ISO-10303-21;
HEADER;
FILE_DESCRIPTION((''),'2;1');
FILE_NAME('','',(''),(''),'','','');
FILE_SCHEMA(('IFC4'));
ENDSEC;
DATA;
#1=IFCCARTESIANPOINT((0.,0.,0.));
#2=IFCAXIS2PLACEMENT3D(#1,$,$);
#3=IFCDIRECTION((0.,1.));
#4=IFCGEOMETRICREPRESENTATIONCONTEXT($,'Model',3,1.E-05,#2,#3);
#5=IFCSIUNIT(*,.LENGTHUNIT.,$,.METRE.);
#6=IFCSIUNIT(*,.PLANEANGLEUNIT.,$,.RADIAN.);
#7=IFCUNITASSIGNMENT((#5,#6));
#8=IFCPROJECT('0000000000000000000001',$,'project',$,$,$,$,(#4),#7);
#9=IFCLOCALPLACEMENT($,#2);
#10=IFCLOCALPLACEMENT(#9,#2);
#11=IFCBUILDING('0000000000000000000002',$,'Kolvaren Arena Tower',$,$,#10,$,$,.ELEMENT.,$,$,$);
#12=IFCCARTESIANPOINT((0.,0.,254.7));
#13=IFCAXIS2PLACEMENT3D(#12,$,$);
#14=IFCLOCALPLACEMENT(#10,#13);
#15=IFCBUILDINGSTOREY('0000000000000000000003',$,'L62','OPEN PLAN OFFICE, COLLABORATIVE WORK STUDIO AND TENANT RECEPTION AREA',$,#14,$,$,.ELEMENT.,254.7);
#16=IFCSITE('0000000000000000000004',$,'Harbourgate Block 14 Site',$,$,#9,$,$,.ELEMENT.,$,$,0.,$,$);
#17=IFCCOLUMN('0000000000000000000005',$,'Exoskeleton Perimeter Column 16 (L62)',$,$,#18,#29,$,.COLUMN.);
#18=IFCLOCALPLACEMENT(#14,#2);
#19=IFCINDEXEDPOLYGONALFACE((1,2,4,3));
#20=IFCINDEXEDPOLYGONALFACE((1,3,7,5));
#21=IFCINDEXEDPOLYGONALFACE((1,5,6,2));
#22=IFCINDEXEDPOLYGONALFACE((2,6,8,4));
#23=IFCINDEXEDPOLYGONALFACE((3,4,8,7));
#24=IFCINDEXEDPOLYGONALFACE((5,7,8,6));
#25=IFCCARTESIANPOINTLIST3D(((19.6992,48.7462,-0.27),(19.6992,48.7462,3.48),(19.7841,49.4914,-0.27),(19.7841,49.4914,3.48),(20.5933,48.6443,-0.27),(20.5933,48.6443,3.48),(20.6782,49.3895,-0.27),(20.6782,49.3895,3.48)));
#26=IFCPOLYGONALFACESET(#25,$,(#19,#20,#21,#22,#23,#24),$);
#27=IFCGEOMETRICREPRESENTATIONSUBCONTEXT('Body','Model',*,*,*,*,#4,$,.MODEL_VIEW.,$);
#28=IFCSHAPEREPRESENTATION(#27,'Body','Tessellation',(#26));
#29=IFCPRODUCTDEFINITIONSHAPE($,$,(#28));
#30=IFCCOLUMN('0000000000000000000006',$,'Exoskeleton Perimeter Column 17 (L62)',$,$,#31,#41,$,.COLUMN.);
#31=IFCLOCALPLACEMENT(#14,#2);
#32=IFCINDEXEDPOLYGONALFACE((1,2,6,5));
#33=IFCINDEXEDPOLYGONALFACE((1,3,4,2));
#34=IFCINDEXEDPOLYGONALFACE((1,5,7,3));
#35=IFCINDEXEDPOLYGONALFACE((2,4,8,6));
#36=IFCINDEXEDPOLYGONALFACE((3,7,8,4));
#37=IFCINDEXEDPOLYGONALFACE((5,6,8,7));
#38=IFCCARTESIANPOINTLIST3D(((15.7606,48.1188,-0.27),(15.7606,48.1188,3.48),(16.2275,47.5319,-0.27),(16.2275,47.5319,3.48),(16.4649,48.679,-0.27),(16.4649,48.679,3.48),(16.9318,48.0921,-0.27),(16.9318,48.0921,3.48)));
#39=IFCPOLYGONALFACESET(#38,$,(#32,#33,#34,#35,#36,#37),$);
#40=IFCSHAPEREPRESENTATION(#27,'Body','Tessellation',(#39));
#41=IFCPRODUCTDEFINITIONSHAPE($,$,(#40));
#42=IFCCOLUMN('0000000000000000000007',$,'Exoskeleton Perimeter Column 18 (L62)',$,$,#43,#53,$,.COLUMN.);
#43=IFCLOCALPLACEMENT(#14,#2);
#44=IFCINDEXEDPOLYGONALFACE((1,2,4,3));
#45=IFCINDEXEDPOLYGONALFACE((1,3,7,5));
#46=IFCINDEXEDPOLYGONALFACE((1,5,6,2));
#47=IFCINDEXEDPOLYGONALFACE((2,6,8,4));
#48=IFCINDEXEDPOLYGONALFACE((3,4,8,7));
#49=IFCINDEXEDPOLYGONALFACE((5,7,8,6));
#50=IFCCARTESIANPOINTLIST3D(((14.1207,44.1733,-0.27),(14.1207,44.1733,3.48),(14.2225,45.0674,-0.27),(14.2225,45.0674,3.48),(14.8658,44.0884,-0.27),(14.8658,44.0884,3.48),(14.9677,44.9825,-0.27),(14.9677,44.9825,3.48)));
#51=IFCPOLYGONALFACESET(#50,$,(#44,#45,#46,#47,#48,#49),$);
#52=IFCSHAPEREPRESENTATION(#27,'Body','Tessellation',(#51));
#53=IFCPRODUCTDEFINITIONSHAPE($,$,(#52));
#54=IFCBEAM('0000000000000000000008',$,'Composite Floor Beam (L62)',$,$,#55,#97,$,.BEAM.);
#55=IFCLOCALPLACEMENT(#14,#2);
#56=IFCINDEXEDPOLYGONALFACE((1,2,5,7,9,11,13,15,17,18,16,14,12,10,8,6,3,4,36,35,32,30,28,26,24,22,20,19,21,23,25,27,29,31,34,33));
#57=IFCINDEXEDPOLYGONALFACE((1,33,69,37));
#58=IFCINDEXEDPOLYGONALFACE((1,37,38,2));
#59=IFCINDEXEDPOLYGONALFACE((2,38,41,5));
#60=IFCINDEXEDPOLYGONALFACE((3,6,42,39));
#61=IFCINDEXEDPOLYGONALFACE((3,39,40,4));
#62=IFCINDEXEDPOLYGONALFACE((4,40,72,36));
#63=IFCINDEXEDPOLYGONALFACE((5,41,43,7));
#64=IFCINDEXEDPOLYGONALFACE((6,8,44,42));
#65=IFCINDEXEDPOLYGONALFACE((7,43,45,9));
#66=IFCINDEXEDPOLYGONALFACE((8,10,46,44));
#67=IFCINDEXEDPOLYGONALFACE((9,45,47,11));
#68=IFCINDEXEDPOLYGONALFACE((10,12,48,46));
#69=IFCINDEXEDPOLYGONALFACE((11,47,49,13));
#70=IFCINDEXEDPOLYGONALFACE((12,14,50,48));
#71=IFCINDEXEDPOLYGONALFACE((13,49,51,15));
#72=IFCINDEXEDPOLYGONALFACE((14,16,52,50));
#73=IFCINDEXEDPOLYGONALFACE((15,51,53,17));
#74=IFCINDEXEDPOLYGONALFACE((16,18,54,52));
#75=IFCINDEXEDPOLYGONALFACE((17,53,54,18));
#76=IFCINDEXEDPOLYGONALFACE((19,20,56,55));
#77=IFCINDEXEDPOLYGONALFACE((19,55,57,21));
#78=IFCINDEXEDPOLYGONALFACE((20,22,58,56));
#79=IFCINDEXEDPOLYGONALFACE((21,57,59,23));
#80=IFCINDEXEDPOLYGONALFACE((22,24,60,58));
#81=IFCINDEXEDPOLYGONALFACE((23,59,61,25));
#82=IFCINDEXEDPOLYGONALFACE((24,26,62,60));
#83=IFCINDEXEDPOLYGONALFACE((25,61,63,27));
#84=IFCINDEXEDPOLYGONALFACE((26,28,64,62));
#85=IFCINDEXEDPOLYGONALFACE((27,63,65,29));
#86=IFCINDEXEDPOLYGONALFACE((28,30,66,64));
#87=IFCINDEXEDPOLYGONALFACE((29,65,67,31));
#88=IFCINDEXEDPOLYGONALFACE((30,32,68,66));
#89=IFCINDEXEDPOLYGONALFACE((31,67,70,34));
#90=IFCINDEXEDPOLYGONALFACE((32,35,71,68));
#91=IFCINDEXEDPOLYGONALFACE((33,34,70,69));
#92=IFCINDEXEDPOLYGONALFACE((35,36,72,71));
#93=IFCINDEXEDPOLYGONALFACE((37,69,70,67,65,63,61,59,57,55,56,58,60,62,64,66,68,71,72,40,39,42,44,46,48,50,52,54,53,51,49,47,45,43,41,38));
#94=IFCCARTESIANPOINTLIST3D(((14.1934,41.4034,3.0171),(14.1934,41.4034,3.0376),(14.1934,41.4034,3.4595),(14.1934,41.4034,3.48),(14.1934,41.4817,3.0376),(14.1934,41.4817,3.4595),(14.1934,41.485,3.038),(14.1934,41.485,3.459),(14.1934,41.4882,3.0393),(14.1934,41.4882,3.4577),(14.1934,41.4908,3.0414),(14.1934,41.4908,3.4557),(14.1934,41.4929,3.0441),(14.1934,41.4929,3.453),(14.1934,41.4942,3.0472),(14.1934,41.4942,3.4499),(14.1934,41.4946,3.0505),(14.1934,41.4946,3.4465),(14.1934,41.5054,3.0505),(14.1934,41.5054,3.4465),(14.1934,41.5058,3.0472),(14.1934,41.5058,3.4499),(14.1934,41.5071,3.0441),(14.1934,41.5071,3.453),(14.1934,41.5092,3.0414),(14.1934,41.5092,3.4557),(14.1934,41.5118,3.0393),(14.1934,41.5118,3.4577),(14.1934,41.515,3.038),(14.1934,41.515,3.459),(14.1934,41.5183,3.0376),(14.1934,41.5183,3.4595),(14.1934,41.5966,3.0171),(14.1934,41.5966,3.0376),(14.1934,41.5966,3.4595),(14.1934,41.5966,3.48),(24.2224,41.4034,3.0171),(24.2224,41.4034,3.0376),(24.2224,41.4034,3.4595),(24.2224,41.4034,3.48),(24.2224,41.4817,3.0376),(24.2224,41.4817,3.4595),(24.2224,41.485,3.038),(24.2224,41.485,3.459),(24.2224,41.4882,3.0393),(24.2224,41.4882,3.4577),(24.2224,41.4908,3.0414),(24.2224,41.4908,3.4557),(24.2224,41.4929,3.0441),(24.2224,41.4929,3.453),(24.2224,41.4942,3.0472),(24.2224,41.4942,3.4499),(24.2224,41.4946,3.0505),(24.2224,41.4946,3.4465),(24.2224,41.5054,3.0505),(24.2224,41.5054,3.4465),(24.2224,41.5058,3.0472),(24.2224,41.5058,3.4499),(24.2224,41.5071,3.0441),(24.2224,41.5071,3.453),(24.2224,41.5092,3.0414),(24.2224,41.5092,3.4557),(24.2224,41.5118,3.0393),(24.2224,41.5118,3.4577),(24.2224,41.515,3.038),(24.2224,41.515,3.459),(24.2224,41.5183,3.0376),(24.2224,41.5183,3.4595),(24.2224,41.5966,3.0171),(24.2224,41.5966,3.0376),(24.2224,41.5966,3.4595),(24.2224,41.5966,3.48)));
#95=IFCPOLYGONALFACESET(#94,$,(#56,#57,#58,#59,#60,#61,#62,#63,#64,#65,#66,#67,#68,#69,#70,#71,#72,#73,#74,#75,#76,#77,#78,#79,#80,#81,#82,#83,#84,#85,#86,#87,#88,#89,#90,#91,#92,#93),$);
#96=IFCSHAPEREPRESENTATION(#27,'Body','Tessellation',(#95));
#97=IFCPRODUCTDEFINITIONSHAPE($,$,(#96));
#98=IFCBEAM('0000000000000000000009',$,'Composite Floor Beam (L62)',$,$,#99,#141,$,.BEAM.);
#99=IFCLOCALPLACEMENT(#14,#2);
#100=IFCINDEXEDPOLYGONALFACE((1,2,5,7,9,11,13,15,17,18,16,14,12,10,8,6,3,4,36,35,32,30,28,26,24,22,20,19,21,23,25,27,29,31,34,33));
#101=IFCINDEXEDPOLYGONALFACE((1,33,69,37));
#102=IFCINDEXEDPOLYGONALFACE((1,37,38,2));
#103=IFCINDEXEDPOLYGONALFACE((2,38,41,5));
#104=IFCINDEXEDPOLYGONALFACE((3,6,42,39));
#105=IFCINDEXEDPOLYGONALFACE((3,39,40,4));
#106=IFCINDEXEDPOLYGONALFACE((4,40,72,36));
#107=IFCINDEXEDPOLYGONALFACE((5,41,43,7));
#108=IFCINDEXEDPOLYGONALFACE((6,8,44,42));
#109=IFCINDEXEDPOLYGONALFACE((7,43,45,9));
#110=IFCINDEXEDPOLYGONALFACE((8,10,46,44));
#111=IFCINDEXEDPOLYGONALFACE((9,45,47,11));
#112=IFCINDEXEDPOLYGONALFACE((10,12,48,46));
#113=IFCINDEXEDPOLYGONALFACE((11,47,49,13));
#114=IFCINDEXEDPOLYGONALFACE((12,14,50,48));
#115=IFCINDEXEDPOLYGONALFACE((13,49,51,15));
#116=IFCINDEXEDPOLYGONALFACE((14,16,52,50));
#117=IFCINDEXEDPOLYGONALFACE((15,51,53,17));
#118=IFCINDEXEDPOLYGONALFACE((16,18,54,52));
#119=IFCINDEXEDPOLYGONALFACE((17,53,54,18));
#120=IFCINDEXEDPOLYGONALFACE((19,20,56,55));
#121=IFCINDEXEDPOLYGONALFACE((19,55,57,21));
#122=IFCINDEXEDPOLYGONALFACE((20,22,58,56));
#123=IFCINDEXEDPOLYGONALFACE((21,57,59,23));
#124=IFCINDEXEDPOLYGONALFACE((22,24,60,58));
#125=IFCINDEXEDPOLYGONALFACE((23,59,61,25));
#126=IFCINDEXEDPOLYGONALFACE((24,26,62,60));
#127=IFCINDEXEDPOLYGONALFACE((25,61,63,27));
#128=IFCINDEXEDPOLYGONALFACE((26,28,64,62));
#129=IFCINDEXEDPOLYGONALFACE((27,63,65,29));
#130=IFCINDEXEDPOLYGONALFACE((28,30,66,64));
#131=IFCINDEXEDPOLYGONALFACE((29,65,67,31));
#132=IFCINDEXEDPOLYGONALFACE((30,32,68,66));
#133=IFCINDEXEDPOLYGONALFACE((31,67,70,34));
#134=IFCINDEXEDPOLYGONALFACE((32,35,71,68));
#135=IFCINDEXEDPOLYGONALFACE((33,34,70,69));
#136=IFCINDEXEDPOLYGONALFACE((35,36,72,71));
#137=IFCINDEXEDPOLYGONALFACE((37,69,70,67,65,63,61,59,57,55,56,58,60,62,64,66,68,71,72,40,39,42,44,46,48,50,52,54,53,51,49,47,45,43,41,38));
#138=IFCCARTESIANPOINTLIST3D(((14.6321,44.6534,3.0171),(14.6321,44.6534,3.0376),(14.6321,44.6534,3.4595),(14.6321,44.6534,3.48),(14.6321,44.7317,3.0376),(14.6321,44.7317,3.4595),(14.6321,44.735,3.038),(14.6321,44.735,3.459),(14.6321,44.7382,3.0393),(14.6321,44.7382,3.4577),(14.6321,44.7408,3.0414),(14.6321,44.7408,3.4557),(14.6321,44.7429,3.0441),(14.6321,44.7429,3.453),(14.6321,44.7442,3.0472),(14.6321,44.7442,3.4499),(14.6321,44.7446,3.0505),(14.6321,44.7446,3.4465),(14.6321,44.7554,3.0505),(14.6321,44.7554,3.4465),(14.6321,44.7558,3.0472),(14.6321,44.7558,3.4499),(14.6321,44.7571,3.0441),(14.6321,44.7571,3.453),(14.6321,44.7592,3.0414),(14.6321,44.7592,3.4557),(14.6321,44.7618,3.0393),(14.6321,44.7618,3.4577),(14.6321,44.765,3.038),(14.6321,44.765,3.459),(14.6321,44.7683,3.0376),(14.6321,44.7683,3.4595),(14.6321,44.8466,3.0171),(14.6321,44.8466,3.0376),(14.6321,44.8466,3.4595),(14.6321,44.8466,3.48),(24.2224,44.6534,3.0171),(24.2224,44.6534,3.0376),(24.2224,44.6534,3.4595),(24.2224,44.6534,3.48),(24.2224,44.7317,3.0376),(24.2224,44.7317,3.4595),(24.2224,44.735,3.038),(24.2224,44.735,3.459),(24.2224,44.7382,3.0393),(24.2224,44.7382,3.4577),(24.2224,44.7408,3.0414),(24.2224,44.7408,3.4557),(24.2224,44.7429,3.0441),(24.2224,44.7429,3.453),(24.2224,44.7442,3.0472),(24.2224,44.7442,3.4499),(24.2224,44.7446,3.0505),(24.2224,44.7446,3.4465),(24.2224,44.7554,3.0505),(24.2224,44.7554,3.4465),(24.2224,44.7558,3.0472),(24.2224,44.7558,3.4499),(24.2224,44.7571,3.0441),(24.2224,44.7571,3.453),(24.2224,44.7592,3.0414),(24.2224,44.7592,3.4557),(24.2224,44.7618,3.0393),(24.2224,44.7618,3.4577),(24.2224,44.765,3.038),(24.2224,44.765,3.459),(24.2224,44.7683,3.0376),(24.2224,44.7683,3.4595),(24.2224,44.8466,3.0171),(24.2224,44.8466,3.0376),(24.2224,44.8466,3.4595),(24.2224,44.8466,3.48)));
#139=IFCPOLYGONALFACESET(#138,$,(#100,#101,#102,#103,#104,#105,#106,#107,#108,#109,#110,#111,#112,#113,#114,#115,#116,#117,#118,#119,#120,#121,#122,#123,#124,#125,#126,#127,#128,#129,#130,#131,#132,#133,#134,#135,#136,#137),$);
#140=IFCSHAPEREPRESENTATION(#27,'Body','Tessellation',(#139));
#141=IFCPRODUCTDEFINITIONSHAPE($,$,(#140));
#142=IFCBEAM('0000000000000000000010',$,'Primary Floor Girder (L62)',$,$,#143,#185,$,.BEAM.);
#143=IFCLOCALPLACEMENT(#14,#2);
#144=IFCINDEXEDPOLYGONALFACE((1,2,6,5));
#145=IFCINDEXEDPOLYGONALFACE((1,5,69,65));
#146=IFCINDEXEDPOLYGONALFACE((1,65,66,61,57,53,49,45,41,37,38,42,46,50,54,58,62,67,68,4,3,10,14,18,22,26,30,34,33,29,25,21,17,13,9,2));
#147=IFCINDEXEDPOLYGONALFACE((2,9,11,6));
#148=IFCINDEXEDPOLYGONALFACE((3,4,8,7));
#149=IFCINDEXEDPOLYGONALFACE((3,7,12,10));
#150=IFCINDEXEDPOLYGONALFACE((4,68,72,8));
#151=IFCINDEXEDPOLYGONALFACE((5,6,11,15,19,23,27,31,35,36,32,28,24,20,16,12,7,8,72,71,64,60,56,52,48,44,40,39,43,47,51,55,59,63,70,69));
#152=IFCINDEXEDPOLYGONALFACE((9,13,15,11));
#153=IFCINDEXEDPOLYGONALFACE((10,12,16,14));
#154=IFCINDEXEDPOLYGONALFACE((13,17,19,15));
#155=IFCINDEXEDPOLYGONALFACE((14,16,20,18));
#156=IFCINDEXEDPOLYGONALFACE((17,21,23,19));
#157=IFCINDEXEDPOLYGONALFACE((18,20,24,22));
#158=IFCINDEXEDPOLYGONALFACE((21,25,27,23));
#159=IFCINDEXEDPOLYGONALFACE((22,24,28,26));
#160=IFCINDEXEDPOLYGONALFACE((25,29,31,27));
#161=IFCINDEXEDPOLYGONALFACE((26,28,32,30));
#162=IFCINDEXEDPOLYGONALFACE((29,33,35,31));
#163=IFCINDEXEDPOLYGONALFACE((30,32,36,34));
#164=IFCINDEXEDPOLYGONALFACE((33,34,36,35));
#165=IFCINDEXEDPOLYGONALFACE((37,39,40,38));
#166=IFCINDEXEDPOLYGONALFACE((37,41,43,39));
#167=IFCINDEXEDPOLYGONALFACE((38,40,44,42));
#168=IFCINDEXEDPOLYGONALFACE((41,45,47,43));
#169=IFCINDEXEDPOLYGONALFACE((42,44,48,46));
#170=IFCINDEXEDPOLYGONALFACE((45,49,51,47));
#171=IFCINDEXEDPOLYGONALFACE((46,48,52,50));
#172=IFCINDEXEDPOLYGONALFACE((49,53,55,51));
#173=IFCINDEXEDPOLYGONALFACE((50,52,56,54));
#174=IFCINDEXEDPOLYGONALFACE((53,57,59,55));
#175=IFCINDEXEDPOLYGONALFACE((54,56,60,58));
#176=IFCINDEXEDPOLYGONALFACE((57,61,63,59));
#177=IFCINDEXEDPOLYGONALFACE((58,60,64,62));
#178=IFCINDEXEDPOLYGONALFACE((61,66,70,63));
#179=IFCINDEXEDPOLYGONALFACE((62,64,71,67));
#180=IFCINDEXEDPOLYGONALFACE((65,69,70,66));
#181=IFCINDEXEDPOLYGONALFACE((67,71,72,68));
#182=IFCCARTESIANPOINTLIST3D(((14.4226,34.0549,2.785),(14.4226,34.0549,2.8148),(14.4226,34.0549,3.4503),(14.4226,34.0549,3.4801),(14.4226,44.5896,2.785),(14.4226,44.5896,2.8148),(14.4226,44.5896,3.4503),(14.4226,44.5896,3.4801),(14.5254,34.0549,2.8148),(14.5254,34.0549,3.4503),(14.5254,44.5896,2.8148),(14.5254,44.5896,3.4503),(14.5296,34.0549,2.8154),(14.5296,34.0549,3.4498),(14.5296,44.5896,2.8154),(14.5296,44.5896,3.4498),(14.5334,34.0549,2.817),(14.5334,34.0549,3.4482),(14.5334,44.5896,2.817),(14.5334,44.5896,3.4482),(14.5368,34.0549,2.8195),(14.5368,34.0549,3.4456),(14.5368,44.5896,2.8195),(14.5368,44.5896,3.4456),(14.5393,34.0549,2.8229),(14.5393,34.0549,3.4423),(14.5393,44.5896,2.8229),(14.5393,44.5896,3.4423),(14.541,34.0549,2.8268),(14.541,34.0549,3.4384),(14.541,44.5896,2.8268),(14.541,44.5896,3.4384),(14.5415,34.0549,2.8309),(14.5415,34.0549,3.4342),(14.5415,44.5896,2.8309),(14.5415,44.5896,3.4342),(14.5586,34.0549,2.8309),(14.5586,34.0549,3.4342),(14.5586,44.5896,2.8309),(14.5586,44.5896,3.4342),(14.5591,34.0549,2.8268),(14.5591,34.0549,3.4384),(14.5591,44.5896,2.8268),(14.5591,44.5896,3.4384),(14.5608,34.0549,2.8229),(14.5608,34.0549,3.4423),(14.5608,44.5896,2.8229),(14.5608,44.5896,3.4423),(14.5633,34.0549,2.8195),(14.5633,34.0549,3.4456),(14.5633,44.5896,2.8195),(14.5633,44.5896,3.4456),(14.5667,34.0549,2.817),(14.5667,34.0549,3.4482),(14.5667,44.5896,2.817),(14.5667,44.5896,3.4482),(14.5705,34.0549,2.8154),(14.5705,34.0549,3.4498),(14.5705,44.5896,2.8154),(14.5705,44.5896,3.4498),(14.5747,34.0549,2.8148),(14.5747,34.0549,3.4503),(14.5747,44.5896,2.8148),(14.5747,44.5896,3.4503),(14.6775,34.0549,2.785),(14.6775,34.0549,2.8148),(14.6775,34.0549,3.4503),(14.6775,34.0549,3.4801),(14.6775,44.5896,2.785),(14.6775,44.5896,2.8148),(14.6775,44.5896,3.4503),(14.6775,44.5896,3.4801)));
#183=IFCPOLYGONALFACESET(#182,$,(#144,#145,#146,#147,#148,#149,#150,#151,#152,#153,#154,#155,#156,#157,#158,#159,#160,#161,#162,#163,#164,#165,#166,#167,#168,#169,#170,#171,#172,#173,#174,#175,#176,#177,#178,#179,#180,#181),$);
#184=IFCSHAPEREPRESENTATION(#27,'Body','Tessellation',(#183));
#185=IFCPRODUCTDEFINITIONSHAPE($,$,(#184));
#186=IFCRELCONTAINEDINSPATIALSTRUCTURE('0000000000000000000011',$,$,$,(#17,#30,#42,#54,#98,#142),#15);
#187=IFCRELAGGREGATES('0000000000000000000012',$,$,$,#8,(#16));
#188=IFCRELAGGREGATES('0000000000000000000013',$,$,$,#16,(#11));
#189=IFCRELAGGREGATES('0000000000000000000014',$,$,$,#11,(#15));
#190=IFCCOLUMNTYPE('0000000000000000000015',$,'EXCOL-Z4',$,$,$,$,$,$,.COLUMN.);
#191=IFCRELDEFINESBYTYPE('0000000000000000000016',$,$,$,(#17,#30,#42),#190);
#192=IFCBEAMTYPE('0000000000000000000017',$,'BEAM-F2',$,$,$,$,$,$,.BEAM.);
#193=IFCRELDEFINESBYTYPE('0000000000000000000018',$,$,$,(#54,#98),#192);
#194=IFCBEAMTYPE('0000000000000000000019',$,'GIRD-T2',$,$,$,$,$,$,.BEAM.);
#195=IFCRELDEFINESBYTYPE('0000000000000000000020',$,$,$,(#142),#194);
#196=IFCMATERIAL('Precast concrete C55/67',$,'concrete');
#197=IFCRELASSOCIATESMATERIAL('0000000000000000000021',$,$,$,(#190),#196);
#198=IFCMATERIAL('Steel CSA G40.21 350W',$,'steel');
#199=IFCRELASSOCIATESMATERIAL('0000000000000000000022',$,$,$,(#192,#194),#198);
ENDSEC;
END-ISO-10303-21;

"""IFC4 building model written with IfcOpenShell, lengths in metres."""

from ifc_helpers import new_model, si_unit, direction, frame, origin, origin_2d, place, context, subcontext, project, spatial, rectangle, i_section, extrude, material, material_profile, profile_set, type_object, element, save


model = new_model("IFC4")

# Units and contexts
model_context = context("Model", 3, precision=1e-05, world=origin(), true_north=direction((0.0, 1.0)))
body_context = subcontext(model_context, "Body", "Model", "MODEL_VIEW")
ifc_project = project(units=[si_unit("LENGTHUNIT", "METRE"), si_unit("PLANEANGLEUNIT", "RADIAN")], contexts=[model_context])

# Site, building, storey
site_placement = place(None, origin())
site = spatial("IfcSite", under=ifc_project, at=site_placement, Name="Harbourgate Block 14 Site", CompositionType="ELEMENT", RefElevation=0.0)
building_placement = place(site_placement, origin())
building = spatial("IfcBuilding", under=site, at=building_placement, Name="Kolvaren Arena Tower", CompositionType="ELEMENT")
storey_placement = place(building_placement, frame((0.0, 0.0, 254.7)))
storey = spatial("IfcBuildingStorey", under=building, at=storey_placement, Name="L62", Description="OPEN PLAN OFFICE, COLLABORATIVE WORK STUDIO AND TENANT RECEPTION AREA", CompositionType="ELEMENT", Elevation=254.7)

# Columns
ifc_material_1 = material(Name="Precast concrete C55/67", Category="concrete")
ifc_material_profile_1 = material_profile(ifc_material_1, rectangle(XDim=0.8999, YDim=0.75, at=origin_2d()), Name="RC-900x750")
ifc_profile_set_1 = profile_set([ifc_material_profile_1], Name="Precast concrete C55/67")
column_type = type_object("IfcColumnType", Name="EXCOL-Z4", PredefinedType="COLUMN", material=ifc_profile_set_1)
for number, where, z_axis, x_axis, name in (
    (1, (20.1887, 49.0679, -0.27), (0.0, 0.0, 1.0), (0.993572, -0.113203, 0.0), "Exoskeleton Perimeter Column 16 (L62)"),
    (2, (16.3462, 48.1055, -0.27), (0.0, 0.0, 1.0), (0.782608, 0.622515, 0.0), "Exoskeleton Perimeter Column 17 (L62)"),
    (3, (14.5442, 44.5779, -0.27), (0.0, 0.0, 1.0), (0.113203, 0.993572, 0.0), "Exoskeleton Perimeter Column 18 (L62)"),
):
    element("IfcColumn", number, at=place(storey_placement, frame(where, z_axis=z_axis, x_axis=x_axis)), inside=storey, type_object=column_type, Name=name, PredefinedType="COLUMN", context=body_context, shape_type="SweptSolid", body=[
        extrude(rectangle(XDim=0.8999, YDim=0.75, at=origin_2d()), origin(), (0.0, 0.0, 1.0), 3.75),
    ])

# Beams
ifc_material_2 = material(Name="Steel CSA G40.21 350W", Category="steel")
ifc_material_profile_2 = material_profile(ifc_material_2, i_section(OverallWidth=0.1931, OverallDepth=0.4629, WebThickness=0.0107, FlangeThickness=0.0205, FilletRadius=0.0129, at=origin_2d()), Name="W460x113")
ifc_profile_set_2 = profile_set([ifc_material_profile_2], Name="Steel CSA G40.21 350W")
beam_type_1 = type_object("IfcBeamType", Name="BEAM-F2", PredefinedType="BEAM", material=ifc_profile_set_2)
beam_1_placement = place(storey_placement, frame((14.1934, 41.5, 3.2485), z_axis=(1.0, 0.0, 0.0), x_axis=(0.0, 1.0, 0.0)))
element("IfcBeam", 4, at=beam_1_placement, inside=storey, type_object=beam_type_1, Name="Composite Floor Beam (L62)", PredefinedType="BEAM", context=body_context, shape_type="SweptSolid", body=[
    extrude(i_section(OverallWidth=0.1931, OverallDepth=0.4629, WebThickness=0.0107, FlangeThickness=0.0205, FilletRadius=0.0129, at=origin_2d()), origin(), (0.0, 0.0, 1.0), 10.0291),
])
beam_2_placement = place(storey_placement, frame((14.6321, 44.75, 3.2485), z_axis=(1.0, 0.0, 0.0), x_axis=(0.0, 1.0, 0.0)))
element("IfcBeam", 5, at=beam_2_placement, inside=storey, type_object=beam_type_1, Name="Composite Floor Beam (L62)", PredefinedType="BEAM", context=body_context, shape_type="SweptSolid", body=[
    extrude(i_section(OverallWidth=0.1931, OverallDepth=0.4629, WebThickness=0.0107, FlangeThickness=0.0205, FilletRadius=0.0129, at=origin_2d()), origin(), (0.0, 0.0, 1.0), 9.5903),
])
ifc_material_profile_3 = material_profile(ifc_material_2, i_section(OverallWidth=0.2549, OverallDepth=0.6951, WebThickness=0.0171, FlangeThickness=0.0298, FilletRadius=0.0161, at=origin_2d()), Name="W690x217")
ifc_profile_set_3 = profile_set([ifc_material_profile_3], Name="Steel CSA G40.21 350W")
beam_type_2 = type_object("IfcBeamType", Name="GIRD-T2", PredefinedType="BEAM", material=ifc_profile_set_3)
beam_3_placement = place(storey_placement, frame((14.55, 34.0549, 3.1326), z_axis=(0.0, 1.0, 0.0), x_axis=(-1.0, 0.0, 0.0)))
element("IfcBeam", 6, at=beam_3_placement, inside=storey, type_object=beam_type_2, Name="Primary Floor Girder (L62)", PredefinedType="BEAM", context=body_context, shape_type="SweptSolid", body=[
    extrude(i_section(OverallWidth=0.2549, OverallDepth=0.6951, WebThickness=0.0171, FlangeThickness=0.0298, FilletRadius=0.0161, at=origin_2d()), origin(), (0.0, 0.0, 1.0), 10.5347),
])

save(model, "model.ifc")
